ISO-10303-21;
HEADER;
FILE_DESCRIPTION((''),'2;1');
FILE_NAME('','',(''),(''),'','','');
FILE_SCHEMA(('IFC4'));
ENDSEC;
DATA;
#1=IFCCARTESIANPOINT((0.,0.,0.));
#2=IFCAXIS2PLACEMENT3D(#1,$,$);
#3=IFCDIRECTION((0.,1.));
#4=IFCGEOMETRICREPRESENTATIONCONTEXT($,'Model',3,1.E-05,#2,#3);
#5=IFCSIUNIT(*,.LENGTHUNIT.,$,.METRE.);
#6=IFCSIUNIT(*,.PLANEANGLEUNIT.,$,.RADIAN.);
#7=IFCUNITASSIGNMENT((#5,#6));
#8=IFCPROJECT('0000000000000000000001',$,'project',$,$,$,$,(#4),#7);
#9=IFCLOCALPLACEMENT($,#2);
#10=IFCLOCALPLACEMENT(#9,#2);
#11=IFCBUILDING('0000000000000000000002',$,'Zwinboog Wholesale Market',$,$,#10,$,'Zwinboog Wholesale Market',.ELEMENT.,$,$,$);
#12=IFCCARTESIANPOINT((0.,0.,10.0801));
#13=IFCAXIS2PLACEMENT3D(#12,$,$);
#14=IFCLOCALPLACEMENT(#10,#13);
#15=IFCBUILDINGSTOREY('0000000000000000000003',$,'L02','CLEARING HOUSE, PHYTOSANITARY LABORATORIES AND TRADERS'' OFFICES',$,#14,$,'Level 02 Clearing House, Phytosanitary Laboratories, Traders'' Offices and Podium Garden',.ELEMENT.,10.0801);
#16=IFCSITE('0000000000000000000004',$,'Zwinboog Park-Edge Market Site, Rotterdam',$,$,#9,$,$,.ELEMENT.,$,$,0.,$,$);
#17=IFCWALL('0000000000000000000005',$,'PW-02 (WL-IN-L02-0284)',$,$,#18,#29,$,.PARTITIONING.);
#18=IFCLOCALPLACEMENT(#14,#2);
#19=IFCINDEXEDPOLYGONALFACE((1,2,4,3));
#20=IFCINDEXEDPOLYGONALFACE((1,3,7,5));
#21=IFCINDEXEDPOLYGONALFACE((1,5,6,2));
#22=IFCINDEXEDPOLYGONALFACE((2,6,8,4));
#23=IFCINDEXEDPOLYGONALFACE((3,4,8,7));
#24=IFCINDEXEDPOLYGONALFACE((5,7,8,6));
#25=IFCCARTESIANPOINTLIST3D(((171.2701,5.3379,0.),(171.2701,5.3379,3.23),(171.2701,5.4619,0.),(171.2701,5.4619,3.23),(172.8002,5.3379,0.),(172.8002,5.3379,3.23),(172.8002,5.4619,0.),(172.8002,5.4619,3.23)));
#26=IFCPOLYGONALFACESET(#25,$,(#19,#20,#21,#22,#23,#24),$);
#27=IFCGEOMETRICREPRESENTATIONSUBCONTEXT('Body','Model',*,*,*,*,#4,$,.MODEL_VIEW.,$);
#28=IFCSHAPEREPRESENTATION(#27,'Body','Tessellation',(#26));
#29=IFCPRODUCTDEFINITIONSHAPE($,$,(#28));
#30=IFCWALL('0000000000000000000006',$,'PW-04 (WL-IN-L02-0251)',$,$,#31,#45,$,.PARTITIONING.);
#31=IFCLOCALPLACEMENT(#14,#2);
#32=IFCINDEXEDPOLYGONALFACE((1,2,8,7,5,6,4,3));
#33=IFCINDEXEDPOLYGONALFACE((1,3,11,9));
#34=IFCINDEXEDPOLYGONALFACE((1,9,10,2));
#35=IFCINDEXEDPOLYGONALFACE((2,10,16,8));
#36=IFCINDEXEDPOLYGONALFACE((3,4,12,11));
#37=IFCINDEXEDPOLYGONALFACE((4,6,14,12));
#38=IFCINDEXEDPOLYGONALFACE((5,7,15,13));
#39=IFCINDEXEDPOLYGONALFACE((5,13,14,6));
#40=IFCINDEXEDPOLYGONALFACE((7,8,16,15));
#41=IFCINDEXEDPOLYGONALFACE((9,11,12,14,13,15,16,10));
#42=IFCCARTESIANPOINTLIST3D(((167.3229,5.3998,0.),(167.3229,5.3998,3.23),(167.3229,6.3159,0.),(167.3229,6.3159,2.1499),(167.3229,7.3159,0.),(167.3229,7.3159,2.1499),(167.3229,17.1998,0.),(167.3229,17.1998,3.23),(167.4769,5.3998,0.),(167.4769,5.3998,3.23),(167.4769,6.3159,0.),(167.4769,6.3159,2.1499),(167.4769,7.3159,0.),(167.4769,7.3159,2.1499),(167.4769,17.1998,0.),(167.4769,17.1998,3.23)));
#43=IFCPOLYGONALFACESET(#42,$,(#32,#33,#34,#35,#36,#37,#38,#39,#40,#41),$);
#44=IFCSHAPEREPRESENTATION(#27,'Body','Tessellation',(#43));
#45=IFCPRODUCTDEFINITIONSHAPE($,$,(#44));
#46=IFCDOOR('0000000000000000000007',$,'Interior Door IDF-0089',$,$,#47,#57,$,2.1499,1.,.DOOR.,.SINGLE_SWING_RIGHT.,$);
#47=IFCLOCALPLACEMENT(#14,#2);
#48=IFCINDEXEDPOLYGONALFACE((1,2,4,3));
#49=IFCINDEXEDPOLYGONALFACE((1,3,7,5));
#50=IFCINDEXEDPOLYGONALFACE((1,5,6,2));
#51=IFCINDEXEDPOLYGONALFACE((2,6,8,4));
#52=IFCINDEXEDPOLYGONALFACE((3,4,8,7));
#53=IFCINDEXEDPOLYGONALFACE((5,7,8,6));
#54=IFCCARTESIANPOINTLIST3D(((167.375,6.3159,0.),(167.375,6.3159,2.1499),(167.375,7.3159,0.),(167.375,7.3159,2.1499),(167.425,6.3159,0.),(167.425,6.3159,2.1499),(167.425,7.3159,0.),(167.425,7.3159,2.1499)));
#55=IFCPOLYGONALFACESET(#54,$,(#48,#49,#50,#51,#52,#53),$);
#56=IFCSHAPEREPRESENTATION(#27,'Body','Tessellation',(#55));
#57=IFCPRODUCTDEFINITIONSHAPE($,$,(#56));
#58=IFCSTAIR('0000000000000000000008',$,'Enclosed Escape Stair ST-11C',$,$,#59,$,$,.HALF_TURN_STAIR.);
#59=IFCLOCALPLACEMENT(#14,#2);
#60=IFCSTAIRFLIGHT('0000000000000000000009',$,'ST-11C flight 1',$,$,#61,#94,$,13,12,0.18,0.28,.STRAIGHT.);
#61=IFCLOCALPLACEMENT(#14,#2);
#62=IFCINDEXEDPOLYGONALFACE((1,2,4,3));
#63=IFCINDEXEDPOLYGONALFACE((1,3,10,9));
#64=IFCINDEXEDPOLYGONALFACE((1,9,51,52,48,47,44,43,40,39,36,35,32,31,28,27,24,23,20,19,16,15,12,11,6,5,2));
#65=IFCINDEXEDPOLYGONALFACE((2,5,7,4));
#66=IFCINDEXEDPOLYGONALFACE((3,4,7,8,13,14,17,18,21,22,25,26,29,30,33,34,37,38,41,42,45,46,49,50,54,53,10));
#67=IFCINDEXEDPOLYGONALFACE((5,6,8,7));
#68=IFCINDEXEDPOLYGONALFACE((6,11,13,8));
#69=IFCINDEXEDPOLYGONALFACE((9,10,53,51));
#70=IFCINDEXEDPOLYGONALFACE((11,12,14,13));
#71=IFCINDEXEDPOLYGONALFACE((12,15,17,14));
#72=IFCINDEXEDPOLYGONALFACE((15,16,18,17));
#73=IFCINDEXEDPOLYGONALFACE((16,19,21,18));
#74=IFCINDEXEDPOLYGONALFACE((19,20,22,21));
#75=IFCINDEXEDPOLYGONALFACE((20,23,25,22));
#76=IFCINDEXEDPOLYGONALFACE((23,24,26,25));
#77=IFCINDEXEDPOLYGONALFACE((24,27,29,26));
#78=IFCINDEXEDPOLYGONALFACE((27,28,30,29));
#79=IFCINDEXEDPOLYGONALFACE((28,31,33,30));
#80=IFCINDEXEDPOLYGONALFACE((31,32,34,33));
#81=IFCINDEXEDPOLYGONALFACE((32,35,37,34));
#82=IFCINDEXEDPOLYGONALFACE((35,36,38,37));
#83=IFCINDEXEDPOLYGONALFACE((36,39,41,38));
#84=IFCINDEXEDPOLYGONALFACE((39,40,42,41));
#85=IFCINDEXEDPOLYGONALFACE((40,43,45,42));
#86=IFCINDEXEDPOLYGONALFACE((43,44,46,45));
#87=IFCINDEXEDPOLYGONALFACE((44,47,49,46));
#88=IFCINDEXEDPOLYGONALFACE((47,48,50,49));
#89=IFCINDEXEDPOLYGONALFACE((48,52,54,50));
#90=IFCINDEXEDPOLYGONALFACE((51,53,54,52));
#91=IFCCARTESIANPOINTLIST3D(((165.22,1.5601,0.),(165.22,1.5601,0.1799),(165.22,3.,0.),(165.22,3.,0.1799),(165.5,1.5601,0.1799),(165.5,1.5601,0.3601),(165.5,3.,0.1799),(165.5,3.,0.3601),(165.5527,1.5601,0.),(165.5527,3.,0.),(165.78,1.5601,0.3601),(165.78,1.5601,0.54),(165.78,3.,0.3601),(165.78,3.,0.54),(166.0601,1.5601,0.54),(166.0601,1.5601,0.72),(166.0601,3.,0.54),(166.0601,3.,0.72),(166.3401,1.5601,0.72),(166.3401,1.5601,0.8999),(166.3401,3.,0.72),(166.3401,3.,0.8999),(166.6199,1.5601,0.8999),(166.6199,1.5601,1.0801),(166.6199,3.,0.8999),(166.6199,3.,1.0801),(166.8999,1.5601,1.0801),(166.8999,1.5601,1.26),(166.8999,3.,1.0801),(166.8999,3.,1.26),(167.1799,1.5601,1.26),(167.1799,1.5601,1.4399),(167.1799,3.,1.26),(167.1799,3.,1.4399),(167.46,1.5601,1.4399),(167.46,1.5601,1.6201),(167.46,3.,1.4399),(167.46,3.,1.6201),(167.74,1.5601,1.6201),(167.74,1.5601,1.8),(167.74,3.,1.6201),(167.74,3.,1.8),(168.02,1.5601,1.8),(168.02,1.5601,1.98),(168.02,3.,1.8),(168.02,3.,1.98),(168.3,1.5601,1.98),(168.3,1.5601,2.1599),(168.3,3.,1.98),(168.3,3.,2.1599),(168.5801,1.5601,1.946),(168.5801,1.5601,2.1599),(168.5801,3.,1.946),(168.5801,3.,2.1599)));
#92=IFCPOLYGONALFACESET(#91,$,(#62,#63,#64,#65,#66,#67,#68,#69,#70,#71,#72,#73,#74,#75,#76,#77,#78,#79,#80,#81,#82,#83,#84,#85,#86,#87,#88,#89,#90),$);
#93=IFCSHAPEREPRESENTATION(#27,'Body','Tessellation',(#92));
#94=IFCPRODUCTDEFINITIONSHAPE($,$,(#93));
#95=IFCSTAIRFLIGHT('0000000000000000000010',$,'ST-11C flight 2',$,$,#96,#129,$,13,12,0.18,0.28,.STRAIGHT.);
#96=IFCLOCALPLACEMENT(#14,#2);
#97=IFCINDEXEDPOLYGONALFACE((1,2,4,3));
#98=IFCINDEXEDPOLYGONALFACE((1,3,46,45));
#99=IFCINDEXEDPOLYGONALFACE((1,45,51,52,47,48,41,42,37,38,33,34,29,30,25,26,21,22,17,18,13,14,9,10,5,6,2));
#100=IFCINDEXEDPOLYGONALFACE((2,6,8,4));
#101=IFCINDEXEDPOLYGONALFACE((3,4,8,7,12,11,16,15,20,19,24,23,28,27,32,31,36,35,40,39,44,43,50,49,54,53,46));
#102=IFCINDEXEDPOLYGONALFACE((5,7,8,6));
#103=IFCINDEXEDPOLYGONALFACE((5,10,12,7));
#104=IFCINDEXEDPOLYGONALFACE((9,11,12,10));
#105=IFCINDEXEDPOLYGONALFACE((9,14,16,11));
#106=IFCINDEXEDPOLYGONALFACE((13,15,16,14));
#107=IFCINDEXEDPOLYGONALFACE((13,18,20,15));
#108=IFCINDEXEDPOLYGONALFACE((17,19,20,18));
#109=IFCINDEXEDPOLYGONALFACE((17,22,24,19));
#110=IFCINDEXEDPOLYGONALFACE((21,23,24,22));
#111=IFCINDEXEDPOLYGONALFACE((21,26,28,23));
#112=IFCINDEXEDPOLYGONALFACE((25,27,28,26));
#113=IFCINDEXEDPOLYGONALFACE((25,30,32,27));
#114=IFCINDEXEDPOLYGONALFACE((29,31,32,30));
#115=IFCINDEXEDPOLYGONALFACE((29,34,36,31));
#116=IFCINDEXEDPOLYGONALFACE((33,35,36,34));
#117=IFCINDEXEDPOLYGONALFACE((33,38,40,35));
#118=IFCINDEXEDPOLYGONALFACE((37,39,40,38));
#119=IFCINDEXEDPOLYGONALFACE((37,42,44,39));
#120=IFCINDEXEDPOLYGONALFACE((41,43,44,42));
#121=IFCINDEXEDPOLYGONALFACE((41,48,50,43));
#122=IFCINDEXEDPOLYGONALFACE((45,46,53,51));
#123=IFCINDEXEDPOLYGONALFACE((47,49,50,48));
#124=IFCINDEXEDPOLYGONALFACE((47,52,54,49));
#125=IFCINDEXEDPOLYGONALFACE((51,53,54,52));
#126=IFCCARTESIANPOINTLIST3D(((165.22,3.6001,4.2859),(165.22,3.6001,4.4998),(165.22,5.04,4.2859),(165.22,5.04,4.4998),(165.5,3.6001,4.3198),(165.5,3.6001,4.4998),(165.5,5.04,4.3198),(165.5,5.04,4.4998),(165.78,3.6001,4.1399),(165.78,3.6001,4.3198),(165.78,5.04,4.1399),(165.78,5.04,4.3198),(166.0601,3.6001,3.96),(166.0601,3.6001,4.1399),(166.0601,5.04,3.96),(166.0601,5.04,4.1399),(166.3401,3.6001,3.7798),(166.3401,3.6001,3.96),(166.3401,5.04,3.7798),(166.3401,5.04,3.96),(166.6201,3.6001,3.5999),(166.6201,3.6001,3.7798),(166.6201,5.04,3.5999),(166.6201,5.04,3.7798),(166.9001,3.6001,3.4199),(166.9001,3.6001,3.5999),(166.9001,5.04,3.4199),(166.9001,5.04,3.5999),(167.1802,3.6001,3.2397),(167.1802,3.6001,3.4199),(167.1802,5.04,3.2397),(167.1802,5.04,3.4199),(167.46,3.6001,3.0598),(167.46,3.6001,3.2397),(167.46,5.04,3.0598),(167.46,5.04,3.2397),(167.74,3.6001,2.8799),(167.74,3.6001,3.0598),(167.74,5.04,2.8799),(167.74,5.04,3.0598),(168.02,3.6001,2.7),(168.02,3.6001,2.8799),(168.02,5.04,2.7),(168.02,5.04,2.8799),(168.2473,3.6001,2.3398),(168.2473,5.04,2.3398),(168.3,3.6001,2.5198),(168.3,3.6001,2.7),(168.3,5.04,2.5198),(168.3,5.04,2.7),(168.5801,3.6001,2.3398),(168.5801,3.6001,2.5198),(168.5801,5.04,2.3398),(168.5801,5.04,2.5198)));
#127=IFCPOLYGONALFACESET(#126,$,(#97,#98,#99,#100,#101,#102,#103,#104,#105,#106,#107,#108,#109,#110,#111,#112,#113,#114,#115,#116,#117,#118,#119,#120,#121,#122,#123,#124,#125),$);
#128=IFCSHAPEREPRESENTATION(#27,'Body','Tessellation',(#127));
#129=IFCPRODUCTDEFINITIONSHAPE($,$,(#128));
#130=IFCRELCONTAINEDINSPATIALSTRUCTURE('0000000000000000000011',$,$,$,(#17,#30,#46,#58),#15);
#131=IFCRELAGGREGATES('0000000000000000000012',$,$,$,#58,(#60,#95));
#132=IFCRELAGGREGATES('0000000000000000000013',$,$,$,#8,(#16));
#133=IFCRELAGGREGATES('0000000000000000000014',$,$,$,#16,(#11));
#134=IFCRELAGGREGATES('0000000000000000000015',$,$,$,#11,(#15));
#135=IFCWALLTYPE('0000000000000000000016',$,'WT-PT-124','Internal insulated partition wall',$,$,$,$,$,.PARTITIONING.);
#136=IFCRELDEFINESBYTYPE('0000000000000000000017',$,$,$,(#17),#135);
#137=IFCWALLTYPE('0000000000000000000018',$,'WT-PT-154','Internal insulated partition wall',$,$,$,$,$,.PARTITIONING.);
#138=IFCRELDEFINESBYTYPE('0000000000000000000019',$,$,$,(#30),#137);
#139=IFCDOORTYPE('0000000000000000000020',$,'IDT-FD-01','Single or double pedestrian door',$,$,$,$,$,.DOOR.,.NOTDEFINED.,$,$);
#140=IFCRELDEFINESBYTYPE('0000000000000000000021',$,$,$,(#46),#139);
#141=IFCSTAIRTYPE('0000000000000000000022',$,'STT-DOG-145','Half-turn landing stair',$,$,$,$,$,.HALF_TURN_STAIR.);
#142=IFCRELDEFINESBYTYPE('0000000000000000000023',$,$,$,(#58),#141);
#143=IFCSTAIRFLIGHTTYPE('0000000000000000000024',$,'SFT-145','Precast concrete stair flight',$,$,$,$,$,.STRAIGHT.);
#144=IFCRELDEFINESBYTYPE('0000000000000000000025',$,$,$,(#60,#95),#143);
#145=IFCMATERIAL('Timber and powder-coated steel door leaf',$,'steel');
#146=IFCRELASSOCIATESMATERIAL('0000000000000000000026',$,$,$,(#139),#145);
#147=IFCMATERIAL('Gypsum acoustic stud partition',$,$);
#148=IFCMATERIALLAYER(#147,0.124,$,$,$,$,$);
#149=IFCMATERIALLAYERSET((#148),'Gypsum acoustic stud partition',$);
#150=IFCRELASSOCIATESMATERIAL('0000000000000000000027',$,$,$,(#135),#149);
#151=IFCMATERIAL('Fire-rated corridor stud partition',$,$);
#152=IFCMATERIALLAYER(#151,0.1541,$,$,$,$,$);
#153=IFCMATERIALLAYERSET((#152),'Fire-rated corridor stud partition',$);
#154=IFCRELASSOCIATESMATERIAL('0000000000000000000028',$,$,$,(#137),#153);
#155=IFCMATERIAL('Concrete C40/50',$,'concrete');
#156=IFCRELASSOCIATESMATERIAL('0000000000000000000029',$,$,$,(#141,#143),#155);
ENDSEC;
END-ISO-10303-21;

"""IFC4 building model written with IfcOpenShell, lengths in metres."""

from ifc_helpers import new_model, si_unit, direction, frame, frame_2d, origin, place, context, subcontext, project, spatial, polyline, rectangle, outline, extrude, material, layer, layer_set, type_object, element, fill, aggregate, save


model = new_model("IFC4")

# Units and contexts
model_context = context("Model", 3, precision=1e-05, world=origin(), true_north=direction((0.0, 1.0)))
body_context = subcontext(model_context, "Body", "Model", "MODEL_VIEW")
ifc_project = project(units=[si_unit("LENGTHUNIT", "METRE"), si_unit("PLANEANGLEUNIT", "RADIAN")], contexts=[model_context])

# Site, building, storey
site_placement = place(None, origin())
site = spatial("IfcSite", under=ifc_project, at=site_placement, Name="Zwinboog Park-Edge Market Site, Rotterdam", CompositionType="ELEMENT", RefElevation=0.0)
building_placement = place(site_placement, origin())
building = spatial("IfcBuilding", under=site, at=building_placement, Name="Zwinboog Wholesale Market", LongName="Zwinboog Wholesale Market", CompositionType="ELEMENT")
storey_placement = place(building_placement, frame((0.0, 0.0, 10.0801)))
storey = spatial("IfcBuildingStorey", under=building, at=storey_placement, Name="L02", Description="CLEARING HOUSE, PHYTOSANITARY LABORATORIES AND TRADERS' OFFICES", LongName="Level 02 Clearing House, Phytosanitary Laboratories, Traders' Offices and Podium Garden", CompositionType="ELEMENT", Elevation=10.0801)

# Shared definitions
ifc_material_1 = material(Name="Concrete C40/50", Category="concrete")

# Shared definitions
ifc_material_2 = material(Name="Timber and powder-coated steel door leaf", Category="steel")
door_type = type_object("IfcDoorType", Name="IDT-FD-01", Description="Single or double pedestrian door", OperationType="NOTDEFINED", PredefinedType="DOOR", material=ifc_material_2)

# Wall
ifc_material_3 = material(Name="Gypsum acoustic stud partition")
ifc_layer_1 = layer(ifc_material_3, 0.124)
ifc_layer_set_1 = layer_set([ifc_layer_1], Name="Gypsum acoustic stud partition")
wall_type_1 = type_object("IfcWallType", Name="WT-PT-124", Description="Internal insulated partition wall", PredefinedType="PARTITIONING", material=ifc_layer_set_1)
wall_1_placement = place(storey_placement, frame((171.27, 5.3999, 0.0), z_axis=(0.0, 0.0, 1.0), x_axis=(1.0, 0.0, 0.0)))
element("IfcWall", 1, at=wall_1_placement, inside=storey, type_object=wall_type_1, Name="PW-02 (WL-IN-L02-0284)", PredefinedType="PARTITIONING", context=body_context, shape_type="SweptSolid", body=[
    extrude(rectangle(XDim=1.53, YDim=0.124, at=frame_2d((0.7651, 0.0))), origin(), (0.0, 0.0, 1.0), 3.23),
])

# Wall, opening, door
ifc_material_4 = material(Name="Fire-rated corridor stud partition")
ifc_layer_2 = layer(ifc_material_4, 0.1541)
ifc_layer_set_2 = layer_set([ifc_layer_2], Name="Fire-rated corridor stud partition")
wall_type_2 = type_object("IfcWallType", Name="WT-PT-154", Description="Internal insulated partition wall", PredefinedType="PARTITIONING", material=ifc_layer_set_2)
wall_2_placement = place(storey_placement, frame((167.3999, 5.3999, 0.0), z_axis=(0.0, 0.0, 1.0), x_axis=(0.0, 1.0, 0.0)))
wall_2 = element("IfcWall", 2, at=wall_2_placement, inside=storey, type_object=wall_type_2, Name="PW-04 (WL-IN-L02-0251)", PredefinedType="PARTITIONING", context=body_context, shape_type="SweptSolid", body=[
    extrude(rectangle(XDim=11.8, YDim=0.1541, at=frame_2d((5.8999, 0.0))), origin(), (0.0, 0.0, 1.0), 3.23),
])
opening_1_placement = place(wall_2_placement, frame((0.916, 0.0, 0.0)))
opening_1 = element("IfcOpeningElement", 3, at=opening_1_placement, cuts=wall_2, PredefinedType="OPENING", context=body_context, shape_type="SweptSolid", body=[
    extrude(rectangle(XDim=1.0, YDim=2.1499, at=frame_2d((0.5, 1.075))), frame((0.0, 0.0869, 0.0), z_axis=(0.0, -1.0, 0.0), x_axis=(1.0, 0.0, 0.0)), (0.0, 0.0, 1.0), 0.1741),
])
door_1_placement = place(opening_1_placement, origin())
door_1 = element("IfcDoor", 4, at=door_1_placement, inside=storey, type_object=door_type, Name="Interior Door IDF-0089", OperationType="SINGLE_SWING_RIGHT", OverallHeight=2.1499, OverallWidth=1.0, PredefinedType="DOOR", context=body_context, shape_type="SweptSolid", body=[
    extrude(rectangle(XDim=1.0, YDim=2.1499, at=frame_2d((0.5, 1.075))), frame((0.0, 0.0249, 0.0), z_axis=(0.0, -1.0, 0.0), x_axis=(1.0, 0.0, 0.0)), (0.0, 0.0, 1.0), 0.05),
])
fill(opening_1, door_1)

# Stair, stair flights
stair_type = type_object("IfcStairType", Name="STT-DOG-145", Description="Half-turn landing stair", PredefinedType="HALF_TURN_STAIR", material=ifc_material_1)
stair_placement = place(storey_placement, origin())
stair = element("IfcStair", 5, at=stair_placement, inside=storey, type_object=stair_type, Name="Enclosed Escape Stair ST-11C", PredefinedType="HALF_TURN_STAIR")
stair_flight_type = type_object("IfcStairFlightType", Name="SFT-145", Description="Precast concrete stair flight", PredefinedType="STRAIGHT", material=ifc_material_1)
stair_flight_1_placement = place(storey_placement, frame((165.22, 2.28, 0.0), z_axis=(0.0, 0.0, 1.0), x_axis=(1.0, 0.0, 0.0)))
stair_flight_1 = element("IfcStairFlight", 6, at=stair_flight_1_placement, type_object=stair_flight_type, Name="ST-11C flight 1", NumberOfRisers=13, NumberOfTreads=12, PredefinedType="STRAIGHT", RiserHeight=0.18, TreadLength=0.28, context=body_context, shape_type="SweptSolid", body=[
    extrude(outline(polyline([(0.0, 0.0), (0.0, 0.1799), (0.28, 0.1799), (0.28, 0.3601), (0.5601, 0.3601), (0.5601, 0.54), (0.8401, 0.54), (0.8401, 0.72), (1.1201, 0.72), (1.1201, 0.8999), (1.3999, 0.8999), (1.3999, 1.0801), (1.6799, 1.0801), (1.6799, 1.26), (1.96, 1.26), (1.96, 1.4399), (2.24, 1.4399), (2.24, 1.6201), (2.52, 1.6201), (2.52, 1.8), (2.8, 1.8), (2.8, 1.98), (3.0801, 1.98), (3.0801, 2.1599), (3.3601, 2.1599), (3.3601, 2.3401), (3.3601, 1.946), (0.3328, 0.0), (0.0, 0.0)])), frame((0.0, 0.72, 0.0), z_axis=(0.0, -1.0, 0.0), x_axis=(1.0, 0.0, 0.0)), (0.0, 0.0, 1.0), 1.4399),
])
stair_flight_2_placement = place(storey_placement, frame((168.5801, 4.3201, 2.3398), z_axis=(0.0, 0.0, 1.0), x_axis=(-1.0, 0.0, 0.0)))
stair_flight_2 = element("IfcStairFlight", 7, at=stair_flight_2_placement, type_object=stair_flight_type, Name="ST-11C flight 2", NumberOfRisers=13, NumberOfTreads=12, PredefinedType="STRAIGHT", RiserHeight=0.18, TreadLength=0.28, context=body_context, shape_type="SweptSolid", body=[
    extrude(outline(polyline([(0.0, 0.0), (0.0, 0.1799), (0.28, 0.1799), (0.28, 0.3601), (0.5601, 0.3601), (0.5601, 0.54), (0.8401, 0.54), (0.8401, 0.72), (1.1201, 0.72), (1.1201, 0.8999), (1.3999, 0.8999), (1.3999, 1.0801), (1.6799, 1.0801), (1.6799, 1.26), (1.96, 1.26), (1.96, 1.4399), (2.24, 1.4399), (2.24, 1.6201), (2.52, 1.6201), (2.52, 1.8), (2.8, 1.8), (2.8, 1.98), (3.0801, 1.98), (3.0801, 2.1599), (3.3601, 2.1599), (3.3601, 2.3401), (3.3601, 1.946), (0.3328, 0.0), (0.0, 0.0)])), frame((0.0, 0.72, 0.0), z_axis=(0.0, -1.0, 0.0), x_axis=(1.0, 0.0, 0.0)), (0.0, 0.0, 1.0), 1.4399),
])
aggregate(stair, [stair_flight_1, stair_flight_2])

save(model, "model.ifc")
